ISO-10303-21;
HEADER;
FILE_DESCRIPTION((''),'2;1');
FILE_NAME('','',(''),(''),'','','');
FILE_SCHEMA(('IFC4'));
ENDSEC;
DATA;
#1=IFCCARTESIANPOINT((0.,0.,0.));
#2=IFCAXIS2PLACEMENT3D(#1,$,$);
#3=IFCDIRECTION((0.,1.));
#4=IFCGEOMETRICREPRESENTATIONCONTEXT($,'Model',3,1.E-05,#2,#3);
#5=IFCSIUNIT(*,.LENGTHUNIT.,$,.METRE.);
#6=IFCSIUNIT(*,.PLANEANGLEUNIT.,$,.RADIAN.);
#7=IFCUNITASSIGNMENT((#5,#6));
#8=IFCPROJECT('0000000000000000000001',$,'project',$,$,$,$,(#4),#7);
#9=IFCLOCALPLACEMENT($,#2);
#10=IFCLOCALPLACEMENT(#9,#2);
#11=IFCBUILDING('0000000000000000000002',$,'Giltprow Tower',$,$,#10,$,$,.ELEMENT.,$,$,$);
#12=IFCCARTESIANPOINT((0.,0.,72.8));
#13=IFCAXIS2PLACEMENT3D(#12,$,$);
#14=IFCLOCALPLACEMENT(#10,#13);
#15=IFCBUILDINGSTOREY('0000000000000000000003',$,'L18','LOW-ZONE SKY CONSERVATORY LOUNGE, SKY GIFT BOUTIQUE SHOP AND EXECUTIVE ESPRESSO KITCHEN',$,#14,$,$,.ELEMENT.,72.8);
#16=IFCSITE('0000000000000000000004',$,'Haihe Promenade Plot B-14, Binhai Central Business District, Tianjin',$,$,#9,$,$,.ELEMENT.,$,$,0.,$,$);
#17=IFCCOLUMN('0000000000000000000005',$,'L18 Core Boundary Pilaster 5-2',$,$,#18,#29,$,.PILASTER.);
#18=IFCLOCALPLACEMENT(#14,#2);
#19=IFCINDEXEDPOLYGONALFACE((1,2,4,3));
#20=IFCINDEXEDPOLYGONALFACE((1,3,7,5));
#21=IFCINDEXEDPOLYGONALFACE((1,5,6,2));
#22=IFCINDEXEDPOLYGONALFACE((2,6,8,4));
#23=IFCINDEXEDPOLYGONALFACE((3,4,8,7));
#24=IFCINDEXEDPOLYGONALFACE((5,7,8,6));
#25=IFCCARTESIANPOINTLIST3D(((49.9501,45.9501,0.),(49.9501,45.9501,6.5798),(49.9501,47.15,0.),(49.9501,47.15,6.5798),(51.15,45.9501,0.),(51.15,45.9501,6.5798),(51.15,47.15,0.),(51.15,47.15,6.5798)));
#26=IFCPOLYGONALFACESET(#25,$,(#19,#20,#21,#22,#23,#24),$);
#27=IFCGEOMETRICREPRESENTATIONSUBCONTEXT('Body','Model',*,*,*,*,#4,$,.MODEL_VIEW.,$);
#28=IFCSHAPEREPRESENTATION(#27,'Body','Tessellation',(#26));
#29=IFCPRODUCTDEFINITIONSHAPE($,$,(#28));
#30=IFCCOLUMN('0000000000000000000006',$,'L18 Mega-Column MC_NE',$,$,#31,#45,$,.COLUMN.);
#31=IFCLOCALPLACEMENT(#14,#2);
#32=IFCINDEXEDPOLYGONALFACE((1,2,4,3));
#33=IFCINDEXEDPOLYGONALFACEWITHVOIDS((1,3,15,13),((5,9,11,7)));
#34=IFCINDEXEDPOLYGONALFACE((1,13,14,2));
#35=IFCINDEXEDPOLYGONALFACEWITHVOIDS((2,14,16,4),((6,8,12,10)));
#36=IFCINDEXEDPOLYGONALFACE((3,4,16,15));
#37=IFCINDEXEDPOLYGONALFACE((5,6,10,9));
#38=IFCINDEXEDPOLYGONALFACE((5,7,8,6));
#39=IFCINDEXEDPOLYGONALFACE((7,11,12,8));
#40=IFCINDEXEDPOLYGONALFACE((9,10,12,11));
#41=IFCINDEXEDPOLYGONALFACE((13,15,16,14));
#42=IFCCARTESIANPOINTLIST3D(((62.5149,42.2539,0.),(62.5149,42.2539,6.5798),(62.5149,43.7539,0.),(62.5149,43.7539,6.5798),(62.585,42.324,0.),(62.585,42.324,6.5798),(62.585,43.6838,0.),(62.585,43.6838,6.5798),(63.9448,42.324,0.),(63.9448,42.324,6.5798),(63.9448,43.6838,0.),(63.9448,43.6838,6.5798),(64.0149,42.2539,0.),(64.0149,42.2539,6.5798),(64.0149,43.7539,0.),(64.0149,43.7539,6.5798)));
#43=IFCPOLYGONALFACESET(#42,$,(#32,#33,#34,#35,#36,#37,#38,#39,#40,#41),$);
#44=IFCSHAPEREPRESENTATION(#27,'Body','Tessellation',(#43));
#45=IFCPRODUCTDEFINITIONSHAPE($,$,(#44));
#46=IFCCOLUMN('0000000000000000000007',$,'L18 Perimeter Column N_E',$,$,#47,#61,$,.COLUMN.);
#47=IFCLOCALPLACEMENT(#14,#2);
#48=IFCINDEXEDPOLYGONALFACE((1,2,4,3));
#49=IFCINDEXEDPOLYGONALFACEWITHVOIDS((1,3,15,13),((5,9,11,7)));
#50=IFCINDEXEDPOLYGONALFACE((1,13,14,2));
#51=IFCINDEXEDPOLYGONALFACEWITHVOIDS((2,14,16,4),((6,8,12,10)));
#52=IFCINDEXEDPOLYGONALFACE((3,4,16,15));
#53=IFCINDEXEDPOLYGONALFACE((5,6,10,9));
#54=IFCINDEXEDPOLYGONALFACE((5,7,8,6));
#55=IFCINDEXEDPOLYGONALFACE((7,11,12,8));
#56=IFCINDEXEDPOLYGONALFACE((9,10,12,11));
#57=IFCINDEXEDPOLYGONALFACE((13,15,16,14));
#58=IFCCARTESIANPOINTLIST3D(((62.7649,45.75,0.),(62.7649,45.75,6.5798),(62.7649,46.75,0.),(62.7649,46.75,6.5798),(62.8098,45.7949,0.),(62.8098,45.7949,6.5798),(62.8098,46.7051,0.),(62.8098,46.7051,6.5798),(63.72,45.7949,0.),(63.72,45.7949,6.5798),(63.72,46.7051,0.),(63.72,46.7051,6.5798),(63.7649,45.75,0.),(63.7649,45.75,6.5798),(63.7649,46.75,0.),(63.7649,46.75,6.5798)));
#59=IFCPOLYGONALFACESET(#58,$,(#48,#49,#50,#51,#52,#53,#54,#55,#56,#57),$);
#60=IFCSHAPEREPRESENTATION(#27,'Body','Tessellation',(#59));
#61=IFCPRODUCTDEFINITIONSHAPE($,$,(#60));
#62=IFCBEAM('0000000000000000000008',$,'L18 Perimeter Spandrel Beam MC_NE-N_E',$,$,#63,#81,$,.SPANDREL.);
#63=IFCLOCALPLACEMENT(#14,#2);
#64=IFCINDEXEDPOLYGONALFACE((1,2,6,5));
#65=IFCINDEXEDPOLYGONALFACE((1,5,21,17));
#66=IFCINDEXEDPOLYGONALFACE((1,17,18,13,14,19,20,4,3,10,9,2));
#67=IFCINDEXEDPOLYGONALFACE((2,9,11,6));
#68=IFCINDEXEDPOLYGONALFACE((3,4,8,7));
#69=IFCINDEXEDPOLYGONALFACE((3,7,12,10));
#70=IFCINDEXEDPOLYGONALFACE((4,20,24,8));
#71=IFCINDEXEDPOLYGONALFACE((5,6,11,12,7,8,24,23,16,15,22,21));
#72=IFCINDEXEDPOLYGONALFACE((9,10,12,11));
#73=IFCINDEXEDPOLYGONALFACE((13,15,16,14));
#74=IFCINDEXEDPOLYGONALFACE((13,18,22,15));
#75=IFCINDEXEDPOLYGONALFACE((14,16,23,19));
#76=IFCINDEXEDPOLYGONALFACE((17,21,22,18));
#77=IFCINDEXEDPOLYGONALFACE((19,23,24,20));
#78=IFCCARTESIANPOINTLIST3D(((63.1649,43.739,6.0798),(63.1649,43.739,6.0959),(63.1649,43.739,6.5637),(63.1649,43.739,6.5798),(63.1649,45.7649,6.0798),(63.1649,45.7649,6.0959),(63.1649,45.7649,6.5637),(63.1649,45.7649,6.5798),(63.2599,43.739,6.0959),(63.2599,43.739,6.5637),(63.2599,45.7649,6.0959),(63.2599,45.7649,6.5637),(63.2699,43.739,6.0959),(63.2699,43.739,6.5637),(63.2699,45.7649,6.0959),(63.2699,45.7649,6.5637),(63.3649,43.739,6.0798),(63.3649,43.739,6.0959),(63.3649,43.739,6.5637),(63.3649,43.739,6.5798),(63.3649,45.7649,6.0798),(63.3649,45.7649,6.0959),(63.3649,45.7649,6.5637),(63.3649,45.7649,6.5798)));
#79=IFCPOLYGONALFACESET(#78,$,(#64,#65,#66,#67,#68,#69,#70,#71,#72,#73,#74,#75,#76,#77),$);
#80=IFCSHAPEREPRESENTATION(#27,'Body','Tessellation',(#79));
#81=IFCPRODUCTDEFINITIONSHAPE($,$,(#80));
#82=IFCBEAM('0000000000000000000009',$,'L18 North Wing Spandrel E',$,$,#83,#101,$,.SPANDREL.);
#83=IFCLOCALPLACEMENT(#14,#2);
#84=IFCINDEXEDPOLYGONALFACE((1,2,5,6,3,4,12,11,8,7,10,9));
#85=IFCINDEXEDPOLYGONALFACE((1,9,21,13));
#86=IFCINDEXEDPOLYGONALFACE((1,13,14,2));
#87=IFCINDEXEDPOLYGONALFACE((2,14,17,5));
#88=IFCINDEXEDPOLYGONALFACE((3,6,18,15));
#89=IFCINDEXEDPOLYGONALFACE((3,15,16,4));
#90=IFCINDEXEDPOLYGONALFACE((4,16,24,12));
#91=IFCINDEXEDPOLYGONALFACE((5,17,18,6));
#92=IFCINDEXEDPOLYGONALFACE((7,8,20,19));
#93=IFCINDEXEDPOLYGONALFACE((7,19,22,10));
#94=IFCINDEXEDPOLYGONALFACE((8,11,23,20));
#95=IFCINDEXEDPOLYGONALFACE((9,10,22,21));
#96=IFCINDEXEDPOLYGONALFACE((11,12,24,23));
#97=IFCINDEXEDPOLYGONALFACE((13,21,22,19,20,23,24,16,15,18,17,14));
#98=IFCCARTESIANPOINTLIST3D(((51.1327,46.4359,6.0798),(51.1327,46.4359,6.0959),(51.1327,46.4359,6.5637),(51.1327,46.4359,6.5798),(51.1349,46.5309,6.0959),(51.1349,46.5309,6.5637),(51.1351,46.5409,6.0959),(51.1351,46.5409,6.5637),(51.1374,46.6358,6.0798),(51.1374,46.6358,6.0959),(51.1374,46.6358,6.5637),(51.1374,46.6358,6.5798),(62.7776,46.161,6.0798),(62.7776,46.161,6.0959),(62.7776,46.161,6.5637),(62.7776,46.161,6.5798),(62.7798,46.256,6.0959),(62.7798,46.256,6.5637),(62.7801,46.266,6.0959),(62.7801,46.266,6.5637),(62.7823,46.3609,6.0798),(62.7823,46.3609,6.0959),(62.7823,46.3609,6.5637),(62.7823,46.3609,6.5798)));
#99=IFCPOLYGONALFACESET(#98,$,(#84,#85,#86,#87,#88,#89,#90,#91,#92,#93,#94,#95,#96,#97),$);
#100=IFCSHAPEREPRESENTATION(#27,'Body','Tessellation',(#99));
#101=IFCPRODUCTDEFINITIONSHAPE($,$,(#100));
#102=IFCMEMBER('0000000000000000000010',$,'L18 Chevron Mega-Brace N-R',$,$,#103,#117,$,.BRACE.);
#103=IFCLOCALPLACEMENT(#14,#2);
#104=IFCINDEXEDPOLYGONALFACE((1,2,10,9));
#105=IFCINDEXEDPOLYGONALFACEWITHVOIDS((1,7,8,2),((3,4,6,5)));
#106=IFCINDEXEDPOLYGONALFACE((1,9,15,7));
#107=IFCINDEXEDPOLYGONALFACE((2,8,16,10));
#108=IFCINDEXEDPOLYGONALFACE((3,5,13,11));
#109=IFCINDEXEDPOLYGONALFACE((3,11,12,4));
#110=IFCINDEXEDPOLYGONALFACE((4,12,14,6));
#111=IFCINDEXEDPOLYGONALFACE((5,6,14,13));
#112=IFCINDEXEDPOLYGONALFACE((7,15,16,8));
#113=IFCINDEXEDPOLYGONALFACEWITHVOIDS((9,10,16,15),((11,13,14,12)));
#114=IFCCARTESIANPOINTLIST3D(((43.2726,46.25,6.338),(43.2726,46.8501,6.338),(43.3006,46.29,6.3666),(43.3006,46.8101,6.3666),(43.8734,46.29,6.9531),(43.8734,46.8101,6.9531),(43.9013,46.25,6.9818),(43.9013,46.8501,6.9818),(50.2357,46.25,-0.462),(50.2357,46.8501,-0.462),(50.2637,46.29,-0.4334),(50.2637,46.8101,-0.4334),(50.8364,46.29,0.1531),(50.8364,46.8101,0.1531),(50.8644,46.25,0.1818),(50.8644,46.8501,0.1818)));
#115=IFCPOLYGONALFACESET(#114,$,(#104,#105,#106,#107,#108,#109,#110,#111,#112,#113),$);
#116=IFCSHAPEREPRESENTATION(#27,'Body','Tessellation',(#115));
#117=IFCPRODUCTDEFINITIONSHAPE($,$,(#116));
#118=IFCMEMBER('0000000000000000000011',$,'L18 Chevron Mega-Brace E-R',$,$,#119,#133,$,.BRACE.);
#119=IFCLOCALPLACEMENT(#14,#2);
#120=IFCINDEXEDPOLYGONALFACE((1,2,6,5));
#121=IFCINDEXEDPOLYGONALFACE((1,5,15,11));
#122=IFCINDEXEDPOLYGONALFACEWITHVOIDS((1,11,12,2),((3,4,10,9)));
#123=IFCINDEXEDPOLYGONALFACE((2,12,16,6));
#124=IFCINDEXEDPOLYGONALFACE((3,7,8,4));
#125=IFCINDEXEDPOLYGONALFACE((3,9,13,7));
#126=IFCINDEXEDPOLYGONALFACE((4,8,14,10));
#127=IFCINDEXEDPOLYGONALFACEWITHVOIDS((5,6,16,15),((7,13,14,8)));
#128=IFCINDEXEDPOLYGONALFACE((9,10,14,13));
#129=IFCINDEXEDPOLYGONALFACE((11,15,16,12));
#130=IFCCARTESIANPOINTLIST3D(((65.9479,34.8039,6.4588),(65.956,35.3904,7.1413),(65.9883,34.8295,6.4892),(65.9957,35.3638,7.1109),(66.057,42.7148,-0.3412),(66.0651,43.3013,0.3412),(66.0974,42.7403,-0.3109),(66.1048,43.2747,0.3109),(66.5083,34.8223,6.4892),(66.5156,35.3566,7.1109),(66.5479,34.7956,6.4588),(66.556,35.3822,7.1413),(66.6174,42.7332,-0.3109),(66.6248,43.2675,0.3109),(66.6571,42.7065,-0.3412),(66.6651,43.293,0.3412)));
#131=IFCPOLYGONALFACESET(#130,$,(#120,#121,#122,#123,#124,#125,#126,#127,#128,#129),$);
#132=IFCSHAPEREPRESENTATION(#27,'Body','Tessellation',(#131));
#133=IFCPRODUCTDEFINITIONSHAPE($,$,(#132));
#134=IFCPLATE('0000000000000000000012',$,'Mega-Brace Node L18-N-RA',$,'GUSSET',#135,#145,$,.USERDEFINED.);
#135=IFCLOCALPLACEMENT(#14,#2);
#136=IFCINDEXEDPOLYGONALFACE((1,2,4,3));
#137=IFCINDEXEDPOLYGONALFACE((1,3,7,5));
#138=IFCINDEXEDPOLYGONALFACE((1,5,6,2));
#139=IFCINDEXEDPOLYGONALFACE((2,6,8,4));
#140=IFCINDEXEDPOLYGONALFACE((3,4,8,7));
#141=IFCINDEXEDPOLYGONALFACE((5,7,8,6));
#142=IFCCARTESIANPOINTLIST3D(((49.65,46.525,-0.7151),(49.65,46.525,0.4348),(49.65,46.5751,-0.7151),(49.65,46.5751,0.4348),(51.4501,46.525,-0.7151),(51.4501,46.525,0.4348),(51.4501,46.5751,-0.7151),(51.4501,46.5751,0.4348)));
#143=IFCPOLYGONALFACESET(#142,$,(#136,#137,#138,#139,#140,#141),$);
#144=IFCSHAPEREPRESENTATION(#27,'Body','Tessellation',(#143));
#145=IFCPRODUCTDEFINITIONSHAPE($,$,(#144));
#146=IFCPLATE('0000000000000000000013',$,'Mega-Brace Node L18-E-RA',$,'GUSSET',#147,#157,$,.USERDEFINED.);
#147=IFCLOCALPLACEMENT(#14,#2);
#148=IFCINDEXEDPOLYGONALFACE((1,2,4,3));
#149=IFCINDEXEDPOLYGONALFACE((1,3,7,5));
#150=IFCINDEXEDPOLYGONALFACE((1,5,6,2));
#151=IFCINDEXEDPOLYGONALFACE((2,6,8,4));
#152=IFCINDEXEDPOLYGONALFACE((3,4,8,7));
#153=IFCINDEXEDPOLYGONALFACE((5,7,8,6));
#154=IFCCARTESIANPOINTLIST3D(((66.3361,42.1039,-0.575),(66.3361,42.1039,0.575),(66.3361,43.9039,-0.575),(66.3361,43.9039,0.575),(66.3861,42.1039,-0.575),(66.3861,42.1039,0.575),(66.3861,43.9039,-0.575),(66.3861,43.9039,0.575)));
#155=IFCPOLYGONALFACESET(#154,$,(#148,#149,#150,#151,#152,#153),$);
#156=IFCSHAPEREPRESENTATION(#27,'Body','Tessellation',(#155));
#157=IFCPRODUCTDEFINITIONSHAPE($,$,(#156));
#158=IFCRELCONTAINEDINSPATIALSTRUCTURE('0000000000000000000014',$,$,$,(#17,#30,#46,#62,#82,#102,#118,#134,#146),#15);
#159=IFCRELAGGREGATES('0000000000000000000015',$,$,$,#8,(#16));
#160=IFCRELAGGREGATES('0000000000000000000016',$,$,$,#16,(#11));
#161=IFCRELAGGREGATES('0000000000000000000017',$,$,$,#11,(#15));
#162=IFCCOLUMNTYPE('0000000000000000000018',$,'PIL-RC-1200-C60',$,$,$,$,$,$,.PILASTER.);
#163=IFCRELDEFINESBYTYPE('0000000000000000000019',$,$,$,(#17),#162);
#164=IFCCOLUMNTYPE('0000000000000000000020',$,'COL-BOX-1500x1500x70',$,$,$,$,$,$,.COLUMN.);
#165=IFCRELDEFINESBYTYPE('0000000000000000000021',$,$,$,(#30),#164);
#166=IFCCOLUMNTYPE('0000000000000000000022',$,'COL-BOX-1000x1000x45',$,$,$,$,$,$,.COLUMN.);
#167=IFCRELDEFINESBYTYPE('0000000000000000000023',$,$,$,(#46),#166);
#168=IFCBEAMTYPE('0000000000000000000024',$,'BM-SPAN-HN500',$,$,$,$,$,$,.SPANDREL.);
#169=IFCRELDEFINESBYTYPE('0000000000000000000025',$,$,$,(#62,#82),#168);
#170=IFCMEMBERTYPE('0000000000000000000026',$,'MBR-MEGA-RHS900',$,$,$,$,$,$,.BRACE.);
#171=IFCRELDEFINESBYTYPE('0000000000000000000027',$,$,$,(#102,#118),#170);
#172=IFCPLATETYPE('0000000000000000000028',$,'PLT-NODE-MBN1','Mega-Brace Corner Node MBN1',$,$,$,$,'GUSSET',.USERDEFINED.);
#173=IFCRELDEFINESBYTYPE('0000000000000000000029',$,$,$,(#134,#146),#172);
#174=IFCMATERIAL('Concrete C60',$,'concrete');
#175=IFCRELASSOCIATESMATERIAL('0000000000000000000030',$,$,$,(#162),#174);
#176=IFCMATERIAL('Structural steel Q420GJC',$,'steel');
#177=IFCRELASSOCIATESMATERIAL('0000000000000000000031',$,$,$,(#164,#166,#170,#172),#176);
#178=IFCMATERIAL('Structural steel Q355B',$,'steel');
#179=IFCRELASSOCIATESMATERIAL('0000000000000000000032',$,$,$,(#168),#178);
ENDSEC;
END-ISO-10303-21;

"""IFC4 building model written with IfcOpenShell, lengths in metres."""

from ifc_helpers import new_model, si_unit, direction, frame, origin, origin_2d, place, context, subcontext, project, spatial, rectangle, hollow_rectangle, i_section, extrude, source, transform, mapped, material, material_profile, profile_set, type_object, element, save


model = new_model("IFC4")

# Units and contexts
model_context = context("Model", 3, precision=1e-05, world=origin(), true_north=direction((0.0, 1.0)))
body_context = subcontext(model_context, "Body", "Model", "MODEL_VIEW")
ifc_project = project(units=[si_unit("LENGTHUNIT", "METRE"), si_unit("PLANEANGLEUNIT", "RADIAN")], contexts=[model_context])

# Site, building, storey
site_placement = place(None, origin())
site = spatial("IfcSite", under=ifc_project, at=site_placement, Name="Haihe Promenade Plot B-14, Binhai Central Business District, Tianjin", CompositionType="ELEMENT", RefElevation=0.0)
building_placement = place(site_placement, origin())
building = spatial("IfcBuilding", under=site, at=building_placement, Name="Giltprow Tower", CompositionType="ELEMENT")
storey_placement = place(building_placement, frame((0.0, 0.0, 72.8)))
storey = spatial("IfcBuildingStorey", under=building, at=storey_placement, Name="L18", Description="LOW-ZONE SKY CONSERVATORY LOUNGE, SKY GIFT BOUTIQUE SHOP AND EXECUTIVE ESPRESSO KITCHEN", CompositionType="ELEMENT", Elevation=72.8)

# Columns
ifc_material_1 = material(Name="Concrete C60", Category="concrete")
ifc_material_profile_1 = material_profile(ifc_material_1, rectangle(XDim=1.2, YDim=1.2, at=origin_2d()), Name="RC 1200x1200")
ifc_profile_set_1 = profile_set([ifc_material_profile_1], Name="Concrete C60")
column_type_1 = type_object("IfcColumnType", Name="PIL-RC-1200-C60", PredefinedType="PILASTER", material=ifc_profile_set_1)
shared_shape_1 = source(origin(), body_context, "Body", "SweptSolid", [
    extrude(rectangle(XDim=1.2, YDim=1.2, at=origin_2d()), origin(), (0.0, 0.0, 1.0), 6.5798),
])
column_1_placement = place(storey_placement, frame((50.55, 46.55, 0.0), z_axis=(0.0, 0.0, 1.0), x_axis=(1.0, 0.0, 0.0)))
element("IfcColumn", 1, at=column_1_placement, inside=storey, type_object=column_type_1, Name="L18 Core Boundary Pilaster 5-2", PredefinedType="PILASTER", context=body_context, shape_type="MappedRepresentation", body=[
    mapped(shared_shape_1, transform((0.0, 0.0, 0.0), x_axis=(1.0, 0.0, 0.0), y_axis=(0.0, 1.0, 0.0), z_axis=(0.0, 0.0, 1.0), scale=1.0)),
])
ifc_material_2 = material(Name="Structural steel Q420GJC", Category="steel")
ifc_material_profile_2 = material_profile(ifc_material_2, hollow_rectangle(XDim=1.5, YDim=1.5, WallThickness=0.0701, at=origin_2d()), Name="BOX 1500x1500x70")
ifc_profile_set_2 = profile_set([ifc_material_profile_2], Name="Structural steel Q420GJC")
column_type_2 = type_object("IfcColumnType", Name="COL-BOX-1500x1500x70", PredefinedType="COLUMN", material=ifc_profile_set_2)
shared_shape_2 = source(origin(), body_context, "Body", "SweptSolid", [
    extrude(hollow_rectangle(XDim=1.5, YDim=1.5, WallThickness=0.0701, at=origin_2d()), origin(), (0.0, 0.0, 1.0), 6.5798),
])
column_2_placement = place(storey_placement, frame((63.2649, 43.0039, 0.0), z_axis=(0.0, 0.0, 1.0), x_axis=(1.0, 0.0, 0.0)))
element("IfcColumn", 2, at=column_2_placement, inside=storey, type_object=column_type_2, Name="L18 Mega-Column MC_NE", PredefinedType="COLUMN", context=body_context, shape_type="MappedRepresentation", body=[
    mapped(shared_shape_2, transform((0.0, 0.0, 0.0), x_axis=(1.0, 0.0, 0.0), y_axis=(0.0, 1.0, 0.0), z_axis=(0.0, 0.0, 1.0), scale=1.0)),
])
ifc_material_profile_3 = material_profile(ifc_material_2, hollow_rectangle(XDim=1.0, YDim=1.0, WallThickness=0.0449, at=origin_2d()), Name="BOX 1000x1000x45")
ifc_profile_set_3 = profile_set([ifc_material_profile_3], Name="Structural steel Q420GJC")
column_type_3 = type_object("IfcColumnType", Name="COL-BOX-1000x1000x45", PredefinedType="COLUMN", material=ifc_profile_set_3)
shared_shape_3 = source(origin(), body_context, "Body", "SweptSolid", [
    extrude(hollow_rectangle(XDim=1.0, YDim=1.0, WallThickness=0.0449, at=origin_2d()), origin(), (0.0, 0.0, 1.0), 6.5798),
])
column_3_placement = place(storey_placement, frame((63.2649, 46.25, 0.0), z_axis=(0.0, 0.0, 1.0), x_axis=(1.0, 0.0, 0.0)))
element("IfcColumn", 3, at=column_3_placement, inside=storey, type_object=column_type_3, Name="L18 Perimeter Column N_E", PredefinedType="COLUMN", context=body_context, shape_type="MappedRepresentation", body=[
    mapped(shared_shape_3, transform((0.0, 0.0, 0.0), x_axis=(1.0, 0.0, 0.0), y_axis=(0.0, 1.0, 0.0), z_axis=(0.0, 0.0, 1.0), scale=1.0)),
])

# Beams
ifc_material_3 = material(Name="Structural steel Q355B", Category="steel")
ifc_material_profile_4 = material_profile(ifc_material_3, i_section(OverallWidth=0.2, OverallDepth=0.5, WebThickness=0.01, FlangeThickness=0.0161, at=origin_2d()), Name="HN 500x200x10x16")
ifc_profile_set_4 = profile_set([ifc_material_profile_4], Name="Structural steel Q355B")
beam_type = type_object("IfcBeamType", Name="BM-SPAN-HN500", PredefinedType="SPANDREL", material=ifc_profile_set_4)
shared_shape_4 = source(origin(), body_context, "Body", "SweptSolid", [
    extrude(i_section(OverallWidth=0.2, OverallDepth=0.5, WebThickness=0.01, FlangeThickness=0.0161, at=origin_2d()), origin(), (0.0, 0.0, 1.0), 2.0259),
])
beam_1_placement = place(storey_placement, frame((63.2649, 43.739, 6.3298), z_axis=(0.0, 1.0, 0.0), x_axis=(-1.0, 0.0, 0.0)))
element("IfcBeam", 4, at=beam_1_placement, inside=storey, type_object=beam_type, Name="L18 Perimeter Spandrel Beam MC_NE-N_E", PredefinedType="SPANDREL", context=body_context, shape_type="MappedRepresentation", body=[
    mapped(shared_shape_4, transform((0.0, 0.0, 0.0), x_axis=(1.0, 0.0, 0.0), y_axis=(0.0, 1.0, 0.0), z_axis=(0.0, 0.0, 1.0), scale=1.0)),
])
shared_shape_5 = source(origin(), body_context, "Body", "SweptSolid", [
    extrude(i_section(OverallWidth=0.2, OverallDepth=0.5, WebThickness=0.01, FlangeThickness=0.0161, at=origin_2d()), origin(), (0.0, 0.0, 1.0), 11.6482),
])
beam_2_placement = place(storey_placement, frame((51.135, 46.5359, 6.3298), z_axis=(0.999721, -0.0236, 0.0), x_axis=(0.0236, 0.999721, 0.0)))
element("IfcBeam", 5, at=beam_2_placement, inside=storey, type_object=beam_type, Name="L18 North Wing Spandrel E", PredefinedType="SPANDREL", context=body_context, shape_type="MappedRepresentation", body=[
    mapped(shared_shape_5, transform((0.0, 0.0, 0.0), x_axis=(1.0, 0.0, 0.0), y_axis=(0.0, 1.0, 0.0), z_axis=(0.0, 0.0, 1.0), scale=1.0)),
])

# Members
ifc_material_profile_5 = material_profile(ifc_material_2, hollow_rectangle(XDim=0.6001, YDim=0.8999, WallThickness=0.04, at=origin_2d()), Name="RHS 900x600x40")
ifc_profile_set_5 = profile_set([ifc_material_profile_5], Name="Structural steel Q420GJC")
member_type = type_object("IfcMemberType", Name="MBR-MEGA-RHS900", PredefinedType="BRACE", material=ifc_profile_set_5)
shared_shape_6 = source(origin(), body_context, "Body", "SweptSolid", [
    extrude(hollow_rectangle(XDim=0.6001, YDim=0.8999, WallThickness=0.04, at=origin_2d()), origin(), (0.0, 0.0, 1.0), 9.7327),
])
member_1_placement = place(storey_placement, frame((50.55, 46.55, -0.1401), z_axis=(-0.715435, 0.0, 0.698679), x_axis=(0.0, -1.0, 0.0)))
element("IfcMember", 6, at=member_1_placement, inside=storey, type_object=member_type, Name="L18 Chevron Mega-Brace N-R", PredefinedType="BRACE", context=body_context, shape_type="MappedRepresentation", body=[
    mapped(shared_shape_6, transform((0.0, 0.0, 0.0), x_axis=(1.0, 0.0, 0.0), y_axis=(0.0, 1.0, 0.0), z_axis=(0.0, 0.0, 1.0), scale=1.0)),
])
shared_shape_7 = source(origin(), body_context, "Body", "SweptSolid", [
    extrude(hollow_rectangle(XDim=0.6001, YDim=0.8999, WallThickness=0.04, at=origin_2d()), origin(), (0.0, 0.0, 1.0), 10.4324),
])
member_2_placement = place(storey_placement, frame((66.3611, 43.0039, 0.0), z_axis=(-0.010461, -0.758301, 0.651821), x_axis=(0.999905, -0.013794, 0.0)))
element("IfcMember", 7, at=member_2_placement, inside=storey, type_object=member_type, Name="L18 Chevron Mega-Brace E-R", PredefinedType="BRACE", context=body_context, shape_type="MappedRepresentation", body=[
    mapped(shared_shape_7, transform((0.0, 0.0, 0.0), x_axis=(1.0, 0.0, 0.0), y_axis=(0.0, 1.0, 0.0), z_axis=(0.0, 0.0, 1.0), scale=1.0)),
])

# Plates
plate_type = type_object("IfcPlateType", Name="PLT-NODE-MBN1", Description="Mega-Brace Corner Node MBN1", ElementType="GUSSET", PredefinedType="USERDEFINED", material=ifc_material_2)
shared_shape_8 = source(origin(), body_context, "Body", "SweptSolid", [
    extrude(rectangle(XDim=1.8, YDim=0.05, at=origin_2d()), origin(), (0.0, 0.0, 1.0), 1.1499),
])
for number, where, z_axis, x_axis, name in (
    (8, (50.55, 46.55, -0.7151), (0.0, 0.0, 1.0), (1.0, 0.0, 0.0), "Mega-Brace Node L18-N-RA"),
    (9, (66.3611, 43.0039, -0.575), (0.0, 0.0, 1.0), (0.0, 1.0, 0.0), "Mega-Brace Node L18-E-RA"),
):
    element("IfcPlate", number, at=place(storey_placement, frame(where, z_axis=z_axis, x_axis=x_axis)), inside=storey, type_object=plate_type, Name=name, ObjectType="GUSSET", PredefinedType="USERDEFINED", context=body_context, shape_type="MappedRepresentation", body=[
        mapped(shared_shape_8, transform((0.0, 0.0, 0.0), x_axis=(1.0, 0.0, 0.0), y_axis=(0.0, 1.0, 0.0), z_axis=(0.0, 0.0, 1.0), scale=1.0)),
    ])

save(model, "model.ifc")
